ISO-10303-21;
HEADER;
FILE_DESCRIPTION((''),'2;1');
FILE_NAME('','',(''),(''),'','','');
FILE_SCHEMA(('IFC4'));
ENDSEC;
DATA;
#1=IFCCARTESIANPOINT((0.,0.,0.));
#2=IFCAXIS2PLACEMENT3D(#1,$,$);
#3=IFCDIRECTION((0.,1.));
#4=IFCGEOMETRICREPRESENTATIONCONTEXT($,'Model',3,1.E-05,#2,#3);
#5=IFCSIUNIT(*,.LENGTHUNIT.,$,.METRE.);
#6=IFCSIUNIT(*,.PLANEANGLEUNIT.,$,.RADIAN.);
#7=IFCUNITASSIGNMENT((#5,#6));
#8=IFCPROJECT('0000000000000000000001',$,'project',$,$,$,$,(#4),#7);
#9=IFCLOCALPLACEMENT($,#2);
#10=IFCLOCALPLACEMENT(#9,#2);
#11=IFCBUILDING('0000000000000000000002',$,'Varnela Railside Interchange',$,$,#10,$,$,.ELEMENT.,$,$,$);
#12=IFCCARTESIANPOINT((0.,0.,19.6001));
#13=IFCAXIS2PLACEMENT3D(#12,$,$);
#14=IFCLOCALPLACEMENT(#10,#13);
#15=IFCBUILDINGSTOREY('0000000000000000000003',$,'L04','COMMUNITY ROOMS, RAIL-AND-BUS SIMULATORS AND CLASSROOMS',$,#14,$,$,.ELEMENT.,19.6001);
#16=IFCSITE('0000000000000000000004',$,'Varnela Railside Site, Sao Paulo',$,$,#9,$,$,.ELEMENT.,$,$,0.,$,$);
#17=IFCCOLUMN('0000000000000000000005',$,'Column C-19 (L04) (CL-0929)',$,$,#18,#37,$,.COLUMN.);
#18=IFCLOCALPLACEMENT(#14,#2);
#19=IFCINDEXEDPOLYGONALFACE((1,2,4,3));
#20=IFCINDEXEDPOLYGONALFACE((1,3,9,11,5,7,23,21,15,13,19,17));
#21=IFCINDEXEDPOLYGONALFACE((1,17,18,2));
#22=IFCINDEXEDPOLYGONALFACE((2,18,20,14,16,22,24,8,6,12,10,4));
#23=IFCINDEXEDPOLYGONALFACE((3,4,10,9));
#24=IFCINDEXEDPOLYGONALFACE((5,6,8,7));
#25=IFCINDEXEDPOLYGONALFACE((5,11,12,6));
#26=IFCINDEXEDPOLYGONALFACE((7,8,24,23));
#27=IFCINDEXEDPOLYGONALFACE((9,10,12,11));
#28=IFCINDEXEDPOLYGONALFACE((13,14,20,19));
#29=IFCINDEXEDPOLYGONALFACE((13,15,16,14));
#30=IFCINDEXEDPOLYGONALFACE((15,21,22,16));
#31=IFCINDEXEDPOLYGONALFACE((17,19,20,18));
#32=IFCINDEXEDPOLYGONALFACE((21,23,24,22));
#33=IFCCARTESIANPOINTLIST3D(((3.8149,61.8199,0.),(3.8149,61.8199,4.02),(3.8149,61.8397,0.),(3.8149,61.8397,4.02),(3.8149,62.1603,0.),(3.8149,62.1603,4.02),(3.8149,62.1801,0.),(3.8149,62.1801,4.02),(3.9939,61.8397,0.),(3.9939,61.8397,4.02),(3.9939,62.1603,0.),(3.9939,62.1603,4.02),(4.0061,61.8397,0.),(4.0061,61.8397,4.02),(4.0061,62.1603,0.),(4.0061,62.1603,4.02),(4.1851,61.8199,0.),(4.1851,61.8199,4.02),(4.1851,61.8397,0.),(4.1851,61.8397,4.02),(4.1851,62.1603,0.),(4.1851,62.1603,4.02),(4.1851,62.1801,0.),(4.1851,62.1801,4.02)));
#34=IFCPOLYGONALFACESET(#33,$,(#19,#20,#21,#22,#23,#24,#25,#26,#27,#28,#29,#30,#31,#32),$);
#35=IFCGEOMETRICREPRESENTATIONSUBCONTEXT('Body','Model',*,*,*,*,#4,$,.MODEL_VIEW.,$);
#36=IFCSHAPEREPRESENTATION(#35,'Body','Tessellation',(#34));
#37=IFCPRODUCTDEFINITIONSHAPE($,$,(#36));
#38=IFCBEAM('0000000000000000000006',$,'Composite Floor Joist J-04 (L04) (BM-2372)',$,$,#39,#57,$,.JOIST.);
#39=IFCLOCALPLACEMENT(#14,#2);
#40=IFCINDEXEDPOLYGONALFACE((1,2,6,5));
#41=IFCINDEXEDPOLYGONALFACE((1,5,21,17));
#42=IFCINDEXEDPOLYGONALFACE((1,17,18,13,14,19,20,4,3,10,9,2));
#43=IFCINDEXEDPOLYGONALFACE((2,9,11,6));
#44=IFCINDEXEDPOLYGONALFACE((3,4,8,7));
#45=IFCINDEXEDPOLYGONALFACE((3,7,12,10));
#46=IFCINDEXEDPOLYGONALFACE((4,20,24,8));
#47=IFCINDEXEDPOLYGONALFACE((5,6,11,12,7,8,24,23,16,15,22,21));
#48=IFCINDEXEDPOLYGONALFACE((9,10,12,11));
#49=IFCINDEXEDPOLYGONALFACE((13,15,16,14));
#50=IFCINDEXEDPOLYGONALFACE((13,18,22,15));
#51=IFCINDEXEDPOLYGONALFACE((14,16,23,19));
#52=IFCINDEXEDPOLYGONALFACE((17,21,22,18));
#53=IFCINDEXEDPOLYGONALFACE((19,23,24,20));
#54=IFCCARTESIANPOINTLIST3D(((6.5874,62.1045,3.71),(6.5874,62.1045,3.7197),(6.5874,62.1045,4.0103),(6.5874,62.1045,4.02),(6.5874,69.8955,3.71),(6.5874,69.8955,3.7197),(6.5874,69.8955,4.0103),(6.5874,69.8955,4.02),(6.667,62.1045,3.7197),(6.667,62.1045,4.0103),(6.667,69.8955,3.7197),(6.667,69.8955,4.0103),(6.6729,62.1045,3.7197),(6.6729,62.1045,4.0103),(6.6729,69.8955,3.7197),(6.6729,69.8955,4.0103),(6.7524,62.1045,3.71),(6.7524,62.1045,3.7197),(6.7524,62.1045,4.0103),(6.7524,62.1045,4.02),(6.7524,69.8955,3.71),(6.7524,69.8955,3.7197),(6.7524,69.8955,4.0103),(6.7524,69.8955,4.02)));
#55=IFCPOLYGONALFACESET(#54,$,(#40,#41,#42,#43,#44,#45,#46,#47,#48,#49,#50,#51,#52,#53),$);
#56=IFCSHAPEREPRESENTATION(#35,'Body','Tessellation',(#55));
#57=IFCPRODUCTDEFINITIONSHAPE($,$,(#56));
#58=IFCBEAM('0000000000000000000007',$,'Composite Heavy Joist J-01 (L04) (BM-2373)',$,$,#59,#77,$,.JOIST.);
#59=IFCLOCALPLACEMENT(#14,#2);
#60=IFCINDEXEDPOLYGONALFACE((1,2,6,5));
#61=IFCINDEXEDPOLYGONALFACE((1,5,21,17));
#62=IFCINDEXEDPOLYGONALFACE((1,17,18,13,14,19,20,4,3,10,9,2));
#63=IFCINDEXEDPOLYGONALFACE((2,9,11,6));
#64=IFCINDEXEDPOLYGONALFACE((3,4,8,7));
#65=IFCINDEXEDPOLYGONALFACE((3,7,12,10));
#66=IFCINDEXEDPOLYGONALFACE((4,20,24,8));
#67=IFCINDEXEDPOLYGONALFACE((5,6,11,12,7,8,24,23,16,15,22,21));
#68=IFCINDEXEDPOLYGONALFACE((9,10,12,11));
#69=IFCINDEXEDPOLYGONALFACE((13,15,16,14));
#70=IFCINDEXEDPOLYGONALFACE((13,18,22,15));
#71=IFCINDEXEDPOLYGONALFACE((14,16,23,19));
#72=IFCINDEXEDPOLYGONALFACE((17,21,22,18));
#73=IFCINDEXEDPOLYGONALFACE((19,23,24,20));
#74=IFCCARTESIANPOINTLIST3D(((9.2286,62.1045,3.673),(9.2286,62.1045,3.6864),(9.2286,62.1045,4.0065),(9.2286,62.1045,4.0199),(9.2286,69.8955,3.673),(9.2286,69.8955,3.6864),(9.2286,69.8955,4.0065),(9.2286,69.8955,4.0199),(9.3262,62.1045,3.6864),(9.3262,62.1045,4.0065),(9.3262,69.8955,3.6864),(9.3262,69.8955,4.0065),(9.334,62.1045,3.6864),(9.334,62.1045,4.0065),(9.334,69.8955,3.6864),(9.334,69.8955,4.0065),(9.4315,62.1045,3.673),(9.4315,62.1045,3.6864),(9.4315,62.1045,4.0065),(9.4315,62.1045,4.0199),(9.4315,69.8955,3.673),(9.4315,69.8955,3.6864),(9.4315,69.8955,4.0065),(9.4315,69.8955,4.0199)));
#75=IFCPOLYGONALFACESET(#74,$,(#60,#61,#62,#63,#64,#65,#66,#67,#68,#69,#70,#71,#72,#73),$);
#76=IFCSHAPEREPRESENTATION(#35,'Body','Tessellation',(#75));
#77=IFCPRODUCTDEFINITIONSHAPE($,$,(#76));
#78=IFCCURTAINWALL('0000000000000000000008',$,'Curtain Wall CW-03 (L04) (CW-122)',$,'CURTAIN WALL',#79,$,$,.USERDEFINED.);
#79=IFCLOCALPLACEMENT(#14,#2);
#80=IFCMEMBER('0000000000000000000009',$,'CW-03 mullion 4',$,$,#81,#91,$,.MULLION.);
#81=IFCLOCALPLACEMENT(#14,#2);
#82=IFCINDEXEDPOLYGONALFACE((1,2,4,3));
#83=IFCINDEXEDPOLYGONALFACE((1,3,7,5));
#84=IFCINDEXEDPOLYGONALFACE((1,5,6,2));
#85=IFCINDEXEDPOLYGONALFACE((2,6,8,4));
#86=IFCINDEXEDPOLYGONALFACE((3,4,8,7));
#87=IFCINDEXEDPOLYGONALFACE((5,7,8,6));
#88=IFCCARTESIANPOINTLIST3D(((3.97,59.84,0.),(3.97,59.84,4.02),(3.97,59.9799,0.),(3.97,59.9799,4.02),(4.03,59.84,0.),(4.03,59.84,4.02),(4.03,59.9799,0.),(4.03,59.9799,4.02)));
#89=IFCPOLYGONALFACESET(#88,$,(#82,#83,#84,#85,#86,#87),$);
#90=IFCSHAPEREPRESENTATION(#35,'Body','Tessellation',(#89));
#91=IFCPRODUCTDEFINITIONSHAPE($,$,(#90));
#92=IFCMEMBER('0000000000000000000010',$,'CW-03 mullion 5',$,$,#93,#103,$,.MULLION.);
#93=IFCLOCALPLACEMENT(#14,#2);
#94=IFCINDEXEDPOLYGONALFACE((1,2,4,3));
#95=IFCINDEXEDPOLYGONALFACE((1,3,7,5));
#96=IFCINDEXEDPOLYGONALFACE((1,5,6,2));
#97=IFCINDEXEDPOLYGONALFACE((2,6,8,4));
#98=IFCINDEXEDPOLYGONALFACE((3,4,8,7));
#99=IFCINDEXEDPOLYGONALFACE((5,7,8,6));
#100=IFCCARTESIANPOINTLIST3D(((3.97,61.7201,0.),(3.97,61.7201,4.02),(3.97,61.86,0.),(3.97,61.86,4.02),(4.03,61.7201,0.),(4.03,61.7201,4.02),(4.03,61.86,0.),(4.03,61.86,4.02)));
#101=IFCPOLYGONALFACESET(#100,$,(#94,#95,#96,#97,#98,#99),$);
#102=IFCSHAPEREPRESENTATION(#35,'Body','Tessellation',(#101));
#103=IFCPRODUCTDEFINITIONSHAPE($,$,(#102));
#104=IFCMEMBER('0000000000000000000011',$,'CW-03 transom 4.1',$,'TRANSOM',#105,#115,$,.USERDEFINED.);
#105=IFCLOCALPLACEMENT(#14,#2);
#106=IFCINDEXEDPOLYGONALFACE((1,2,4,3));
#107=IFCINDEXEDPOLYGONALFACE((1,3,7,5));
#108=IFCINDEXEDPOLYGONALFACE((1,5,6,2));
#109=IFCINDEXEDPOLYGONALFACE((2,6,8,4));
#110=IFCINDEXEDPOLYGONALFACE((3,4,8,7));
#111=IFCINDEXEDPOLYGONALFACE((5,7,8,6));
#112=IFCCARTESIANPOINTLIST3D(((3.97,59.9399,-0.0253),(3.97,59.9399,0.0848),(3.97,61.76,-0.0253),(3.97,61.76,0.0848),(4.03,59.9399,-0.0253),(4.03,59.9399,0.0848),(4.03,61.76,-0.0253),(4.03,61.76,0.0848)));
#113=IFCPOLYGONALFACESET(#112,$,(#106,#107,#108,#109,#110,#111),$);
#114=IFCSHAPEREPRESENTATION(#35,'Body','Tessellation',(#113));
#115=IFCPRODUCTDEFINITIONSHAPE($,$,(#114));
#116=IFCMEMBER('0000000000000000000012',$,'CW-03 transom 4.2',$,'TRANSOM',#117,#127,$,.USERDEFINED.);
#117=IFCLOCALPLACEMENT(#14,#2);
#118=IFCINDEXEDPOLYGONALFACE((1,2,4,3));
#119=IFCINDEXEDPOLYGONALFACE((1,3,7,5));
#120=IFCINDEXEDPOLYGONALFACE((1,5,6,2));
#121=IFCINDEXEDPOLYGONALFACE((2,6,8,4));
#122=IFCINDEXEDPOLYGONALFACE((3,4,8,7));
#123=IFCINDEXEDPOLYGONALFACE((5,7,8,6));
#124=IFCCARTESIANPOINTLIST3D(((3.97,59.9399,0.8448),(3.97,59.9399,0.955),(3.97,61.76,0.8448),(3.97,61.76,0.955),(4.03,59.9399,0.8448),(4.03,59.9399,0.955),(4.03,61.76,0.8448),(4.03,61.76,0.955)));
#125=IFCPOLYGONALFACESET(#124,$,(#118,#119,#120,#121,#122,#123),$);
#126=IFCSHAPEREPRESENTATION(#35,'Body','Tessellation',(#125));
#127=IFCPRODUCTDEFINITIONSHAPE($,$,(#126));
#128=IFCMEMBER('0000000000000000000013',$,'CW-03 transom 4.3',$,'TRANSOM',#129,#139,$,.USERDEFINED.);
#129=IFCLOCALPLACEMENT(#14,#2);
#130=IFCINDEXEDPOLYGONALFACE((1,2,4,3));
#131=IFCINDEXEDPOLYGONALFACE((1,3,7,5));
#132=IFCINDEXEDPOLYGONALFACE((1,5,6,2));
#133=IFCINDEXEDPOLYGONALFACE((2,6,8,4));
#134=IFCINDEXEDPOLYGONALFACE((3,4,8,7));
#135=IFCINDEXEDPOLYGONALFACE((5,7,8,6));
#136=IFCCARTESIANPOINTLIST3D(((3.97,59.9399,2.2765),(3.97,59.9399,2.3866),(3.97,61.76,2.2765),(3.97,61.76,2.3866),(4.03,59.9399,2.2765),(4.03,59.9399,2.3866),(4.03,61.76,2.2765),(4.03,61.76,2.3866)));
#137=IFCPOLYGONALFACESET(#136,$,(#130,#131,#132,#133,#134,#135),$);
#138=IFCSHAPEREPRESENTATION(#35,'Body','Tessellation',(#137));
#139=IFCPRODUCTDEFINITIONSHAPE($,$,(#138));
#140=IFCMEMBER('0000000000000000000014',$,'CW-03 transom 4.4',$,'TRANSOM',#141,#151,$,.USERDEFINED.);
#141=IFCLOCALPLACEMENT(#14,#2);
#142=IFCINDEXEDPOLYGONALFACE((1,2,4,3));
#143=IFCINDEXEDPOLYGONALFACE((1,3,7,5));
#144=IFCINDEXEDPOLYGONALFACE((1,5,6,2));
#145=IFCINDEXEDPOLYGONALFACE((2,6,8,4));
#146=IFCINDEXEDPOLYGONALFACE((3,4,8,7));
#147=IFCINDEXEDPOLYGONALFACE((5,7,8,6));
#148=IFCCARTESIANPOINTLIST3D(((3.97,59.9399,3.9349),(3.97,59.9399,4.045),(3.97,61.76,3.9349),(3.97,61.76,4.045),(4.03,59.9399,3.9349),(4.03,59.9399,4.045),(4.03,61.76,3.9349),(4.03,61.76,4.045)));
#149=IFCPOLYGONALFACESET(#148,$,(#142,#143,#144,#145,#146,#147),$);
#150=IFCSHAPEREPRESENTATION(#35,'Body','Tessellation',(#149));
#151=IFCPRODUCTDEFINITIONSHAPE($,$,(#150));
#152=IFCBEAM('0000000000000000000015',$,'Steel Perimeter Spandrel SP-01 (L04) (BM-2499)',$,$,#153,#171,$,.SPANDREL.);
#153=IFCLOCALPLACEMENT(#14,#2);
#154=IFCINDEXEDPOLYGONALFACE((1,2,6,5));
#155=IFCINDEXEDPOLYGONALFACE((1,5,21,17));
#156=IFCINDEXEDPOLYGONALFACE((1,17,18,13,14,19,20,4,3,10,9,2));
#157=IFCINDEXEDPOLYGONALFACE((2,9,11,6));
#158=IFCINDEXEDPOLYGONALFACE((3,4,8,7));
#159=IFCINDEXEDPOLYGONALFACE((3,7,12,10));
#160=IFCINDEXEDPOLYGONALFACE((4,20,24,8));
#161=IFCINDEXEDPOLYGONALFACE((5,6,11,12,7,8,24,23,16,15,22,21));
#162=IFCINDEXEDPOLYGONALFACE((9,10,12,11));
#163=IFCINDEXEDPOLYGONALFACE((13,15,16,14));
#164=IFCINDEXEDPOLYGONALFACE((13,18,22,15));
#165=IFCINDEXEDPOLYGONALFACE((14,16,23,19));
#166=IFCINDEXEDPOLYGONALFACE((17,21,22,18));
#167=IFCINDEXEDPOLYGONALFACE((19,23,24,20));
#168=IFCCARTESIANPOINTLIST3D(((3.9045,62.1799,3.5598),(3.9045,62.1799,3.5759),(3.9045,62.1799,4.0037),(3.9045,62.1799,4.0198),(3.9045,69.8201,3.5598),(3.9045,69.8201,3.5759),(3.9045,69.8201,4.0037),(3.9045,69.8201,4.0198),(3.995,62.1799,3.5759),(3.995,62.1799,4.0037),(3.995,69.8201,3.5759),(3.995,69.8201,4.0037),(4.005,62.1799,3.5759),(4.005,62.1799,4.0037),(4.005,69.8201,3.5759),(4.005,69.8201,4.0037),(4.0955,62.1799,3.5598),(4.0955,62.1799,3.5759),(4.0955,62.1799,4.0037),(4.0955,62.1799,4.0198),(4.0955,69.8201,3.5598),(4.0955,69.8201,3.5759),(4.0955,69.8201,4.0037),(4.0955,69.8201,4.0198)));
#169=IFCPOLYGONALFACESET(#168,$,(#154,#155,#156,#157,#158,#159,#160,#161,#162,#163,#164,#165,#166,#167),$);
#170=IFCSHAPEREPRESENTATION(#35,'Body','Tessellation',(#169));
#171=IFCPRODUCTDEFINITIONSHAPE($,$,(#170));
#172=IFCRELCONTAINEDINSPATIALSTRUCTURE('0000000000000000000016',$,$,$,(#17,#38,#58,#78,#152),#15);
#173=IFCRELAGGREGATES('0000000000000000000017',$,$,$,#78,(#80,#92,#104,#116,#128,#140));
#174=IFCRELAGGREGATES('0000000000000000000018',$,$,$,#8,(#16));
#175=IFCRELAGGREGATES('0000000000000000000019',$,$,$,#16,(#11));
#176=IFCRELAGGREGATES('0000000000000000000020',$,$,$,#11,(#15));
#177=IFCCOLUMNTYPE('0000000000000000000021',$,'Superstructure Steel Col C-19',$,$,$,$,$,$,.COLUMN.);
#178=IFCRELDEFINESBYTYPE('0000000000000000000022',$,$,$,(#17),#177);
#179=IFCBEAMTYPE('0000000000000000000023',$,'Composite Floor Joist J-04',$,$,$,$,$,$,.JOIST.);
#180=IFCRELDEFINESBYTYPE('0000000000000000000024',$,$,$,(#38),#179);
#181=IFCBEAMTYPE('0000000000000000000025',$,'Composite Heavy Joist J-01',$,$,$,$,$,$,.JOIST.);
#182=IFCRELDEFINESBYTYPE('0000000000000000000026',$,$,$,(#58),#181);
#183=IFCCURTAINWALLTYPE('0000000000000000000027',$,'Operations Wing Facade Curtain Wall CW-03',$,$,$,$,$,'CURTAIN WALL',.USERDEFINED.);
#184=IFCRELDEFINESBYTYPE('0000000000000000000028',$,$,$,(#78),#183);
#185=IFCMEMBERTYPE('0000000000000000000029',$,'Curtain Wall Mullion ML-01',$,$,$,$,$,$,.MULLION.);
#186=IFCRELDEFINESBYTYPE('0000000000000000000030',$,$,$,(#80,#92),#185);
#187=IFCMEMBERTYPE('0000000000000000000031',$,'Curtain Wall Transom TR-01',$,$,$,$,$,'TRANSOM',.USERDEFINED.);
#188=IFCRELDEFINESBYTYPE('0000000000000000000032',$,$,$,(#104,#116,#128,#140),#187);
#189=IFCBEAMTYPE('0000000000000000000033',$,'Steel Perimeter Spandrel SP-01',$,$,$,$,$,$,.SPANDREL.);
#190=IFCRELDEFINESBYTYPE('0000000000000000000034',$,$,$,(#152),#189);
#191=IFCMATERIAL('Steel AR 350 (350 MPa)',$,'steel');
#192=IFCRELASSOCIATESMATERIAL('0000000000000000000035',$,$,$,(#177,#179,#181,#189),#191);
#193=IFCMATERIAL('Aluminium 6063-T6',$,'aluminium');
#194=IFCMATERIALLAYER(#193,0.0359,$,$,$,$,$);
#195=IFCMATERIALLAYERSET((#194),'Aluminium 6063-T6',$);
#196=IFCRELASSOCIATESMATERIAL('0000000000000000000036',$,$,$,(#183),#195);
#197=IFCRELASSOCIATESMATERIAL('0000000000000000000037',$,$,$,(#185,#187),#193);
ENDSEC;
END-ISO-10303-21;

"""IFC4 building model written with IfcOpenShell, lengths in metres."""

from ifc_helpers import new_model, si_unit, direction, frame, origin, origin_2d, place, context, subcontext, project, spatial, rectangle, i_section, extrude, material, layer, layer_set, material_profile, profile_set, type_object, element, aggregate, save


model = new_model("IFC4")

# Units and contexts
model_context = context("Model", 3, precision=1e-05, world=origin(), true_north=direction((0.0, 1.0)))
body_context = subcontext(model_context, "Body", "Model", "MODEL_VIEW")
ifc_project = project(units=[si_unit("LENGTHUNIT", "METRE"), si_unit("PLANEANGLEUNIT", "RADIAN")], contexts=[model_context])

# Site, building, storey
site_placement = place(None, origin())
site = spatial("IfcSite", under=ifc_project, at=site_placement, Name="Varnela Railside Site, Sao Paulo", CompositionType="ELEMENT", RefElevation=0.0)
building_placement = place(site_placement, origin())
building = spatial("IfcBuilding", under=site, at=building_placement, Name="Varnela Railside Interchange", CompositionType="ELEMENT")
storey_placement = place(building_placement, frame((0.0, 0.0, 19.6001)))
storey = spatial("IfcBuildingStorey", under=building, at=storey_placement, Name="L04", Description="COMMUNITY ROOMS, RAIL-AND-BUS SIMULATORS AND CLASSROOMS", CompositionType="ELEMENT", Elevation=19.6001)

# Column
ifc_material_1 = material(Name="Steel AR 350 (350 MPa)", Category="steel")
ifc_material_profile_1 = material_profile(ifc_material_1, i_section(OverallWidth=0.3701, OverallDepth=0.3601, WebThickness=0.0122, FlangeThickness=0.0198, at=origin_2d()), Name="W360x147")
ifc_profile_set_1 = profile_set([ifc_material_profile_1], Name="Steel AR 350 (350 MPa)")
column_type = type_object("IfcColumnType", Name="Superstructure Steel Col C-19", PredefinedType="COLUMN", material=ifc_profile_set_1)
column_placement = place(storey_placement, frame((4.0, 62.0, 0.0), z_axis=(0.0, 0.0, 1.0), x_axis=(1.0, 0.0, 0.0)))
element("IfcColumn", 1, at=column_placement, inside=storey, type_object=column_type, Name="Column C-19 (L04) (CL-0929)", PredefinedType="COLUMN", context=body_context, shape_type="SweptSolid", body=[
    extrude(i_section(OverallWidth=0.3701, OverallDepth=0.3601, WebThickness=0.0122, FlangeThickness=0.0198, at=origin_2d()), origin(), (0.0, 0.0, 1.0), 4.02),
])

# Beams
ifc_material_profile_2 = material_profile(ifc_material_1, i_section(OverallWidth=0.165, OverallDepth=0.3101, WebThickness=0.0059, FlangeThickness=0.0098, at=origin_2d()), Name="W310x38.7")
ifc_profile_set_2 = profile_set([ifc_material_profile_2], Name="Steel AR 350 (350 MPa)")
beam_type_1 = type_object("IfcBeamType", Name="Composite Floor Joist J-04", PredefinedType="JOIST", material=ifc_profile_set_2)
beam_1_placement = place(storey_placement, frame((6.6699, 62.1045, 3.865), z_axis=(0.0, 1.0, 0.0), x_axis=(-1.0, 0.0, 0.0)))
element("IfcBeam", 2, at=beam_1_placement, inside=storey, type_object=beam_type_1, Name="Composite Floor Joist J-04 (L04) (BM-2372)", PredefinedType="JOIST", context=body_context, shape_type="SweptSolid", body=[
    extrude(i_section(OverallWidth=0.165, OverallDepth=0.3101, WebThickness=0.0059, FlangeThickness=0.0098, at=origin_2d()), origin(), (0.0, 0.0, 1.0), 7.791),
])
ifc_material_profile_3 = material_profile(ifc_material_1, i_section(OverallWidth=0.2029, OverallDepth=0.3469, WebThickness=0.0078, FlangeThickness=0.0134, at=origin_2d()), Name="W360x64")
ifc_profile_set_3 = profile_set([ifc_material_profile_3], Name="Steel AR 350 (350 MPa)")
beam_type_2 = type_object("IfcBeamType", Name="Composite Heavy Joist J-01", PredefinedType="JOIST", material=ifc_profile_set_3)
beam_2_placement = place(storey_placement, frame((9.3301, 62.1045, 3.8464), z_axis=(0.0, 1.0, 0.0), x_axis=(-1.0, 0.0, 0.0)))
element("IfcBeam", 3, at=beam_2_placement, inside=storey, type_object=beam_type_2, Name="Composite Heavy Joist J-01 (L04) (BM-2373)", PredefinedType="JOIST", context=body_context, shape_type="SweptSolid", body=[
    extrude(i_section(OverallWidth=0.2029, OverallDepth=0.3469, WebThickness=0.0078, FlangeThickness=0.0134, at=origin_2d()), origin(), (0.0, 0.0, 1.0), 7.791),
])

# Curtain wall, members
ifc_material_2 = material(Name="Aluminium 6063-T6", Category="aluminium")
ifc_layer_1 = layer(ifc_material_2, 0.0359)
ifc_layer_set_1 = layer_set([ifc_layer_1], Name="Aluminium 6063-T6")
curtain_wall_type = type_object("IfcCurtainWallType", Name="Operations Wing Facade Curtain Wall CW-03", ElementType="CURTAIN WALL", PredefinedType="USERDEFINED", material=ifc_layer_set_1)
curtain_wall_placement = place(storey_placement, origin())
curtain_wall = element("IfcCurtainWall", 4, at=curtain_wall_placement, inside=storey, type_object=curtain_wall_type, Name="Curtain Wall CW-03 (L04) (CW-122)", ObjectType="CURTAIN WALL", PredefinedType="USERDEFINED")
ifc_material_profile_4 = material_profile(ifc_material_2, rectangle(XDim=0.0601, YDim=0.1399, at=origin_2d()), Name="ALU 60x140")
ifc_profile_set_4 = profile_set([ifc_material_profile_4], Name="Aluminium 6063-T6")
member_type_1 = type_object("IfcMemberType", Name="Curtain Wall Mullion ML-01", PredefinedType="MULLION", material=ifc_profile_set_4)
member_1_placement = place(storey_placement, frame((4.0, 59.9099, 0.0), z_axis=(0.0, 0.0, 1.0), x_axis=(-1.0, 0.0, 0.0)))
member_1 = element("IfcMember", 5, at=member_1_placement, type_object=member_type_1, Name="CW-03 mullion 4", PredefinedType="MULLION", context=body_context, shape_type="SweptSolid", body=[
    extrude(rectangle(XDim=0.0601, YDim=0.1399, at=origin_2d()), origin(), (0.0, 0.0, 1.0), 4.02),
])
member_2_placement = place(storey_placement, frame((4.0, 61.79, 0.0), z_axis=(0.0, 0.0, 1.0), x_axis=(-1.0, 0.0, 0.0)))
member_2 = element("IfcMember", 6, at=member_2_placement, type_object=member_type_1, Name="CW-03 mullion 5", PredefinedType="MULLION", context=body_context, shape_type="SweptSolid", body=[
    extrude(rectangle(XDim=0.0601, YDim=0.1399, at=origin_2d()), origin(), (0.0, 0.0, 1.0), 4.02),
])
ifc_material_profile_5 = material_profile(ifc_material_2, rectangle(XDim=0.0601, YDim=0.1101, at=origin_2d()), Name="ALU 60x110")
ifc_profile_set_5 = profile_set([ifc_material_profile_5], Name="Aluminium 6063-T6")
member_type_2 = type_object("IfcMemberType", Name="Curtain Wall Transom TR-01", ElementType="TRANSOM", PredefinedType="USERDEFINED", material=ifc_profile_set_5)
member_3_placement = place(storey_placement, frame((4.0, 59.9399, 0.0298), z_axis=(0.0, 1.0, 0.0), x_axis=(-1.0, 0.0, 0.0)))
member_3 = element("IfcMember", 7, at=member_3_placement, type_object=member_type_2, Name="CW-03 transom 4.1", ObjectType="TRANSOM", PredefinedType="USERDEFINED", context=body_context, shape_type="SweptSolid", body=[
    extrude(rectangle(XDim=0.0601, YDim=0.1101, at=origin_2d()), origin(), (0.0, 0.0, 1.0), 1.8201),
])
member_4_placement = place(storey_placement, frame((4.0, 59.9399, 0.8999), z_axis=(0.0, 1.0, 0.0), x_axis=(-1.0, 0.0, 0.0)))
member_4 = element("IfcMember", 8, at=member_4_placement, type_object=member_type_2, Name="CW-03 transom 4.2", ObjectType="TRANSOM", PredefinedType="USERDEFINED", context=body_context, shape_type="SweptSolid", body=[
    extrude(rectangle(XDim=0.0601, YDim=0.1101, at=origin_2d()), origin(), (0.0, 0.0, 1.0), 1.8201),
])
member_5_placement = place(storey_placement, frame((4.0, 59.9399, 2.3315), z_axis=(0.0, 1.0, 0.0), x_axis=(-1.0, 0.0, 0.0)))
member_5 = element("IfcMember", 9, at=member_5_placement, type_object=member_type_2, Name="CW-03 transom 4.3", ObjectType="TRANSOM", PredefinedType="USERDEFINED", context=body_context, shape_type="SweptSolid", body=[
    extrude(rectangle(XDim=0.0601, YDim=0.1101, at=origin_2d()), origin(), (0.0, 0.0, 1.0), 1.8201),
])
member_6_placement = place(storey_placement, frame((4.0, 59.9399, 3.99), z_axis=(0.0, 1.0, 0.0), x_axis=(-1.0, 0.0, 0.0)))
member_6 = element("IfcMember", 10, at=member_6_placement, type_object=member_type_2, Name="CW-03 transom 4.4", ObjectType="TRANSOM", PredefinedType="USERDEFINED", context=body_context, shape_type="SweptSolid", body=[
    extrude(rectangle(XDim=0.0601, YDim=0.1101, at=origin_2d()), origin(), (0.0, 0.0, 1.0), 1.8201),
])

# Beam
ifc_material_profile_6 = material_profile(ifc_material_1, i_section(OverallWidth=0.1909, OverallDepth=0.46, WebThickness=0.01, FlangeThickness=0.0161, at=origin_2d()), Name="W460x82")
ifc_profile_set_6 = profile_set([ifc_material_profile_6], Name="Steel AR 350 (350 MPa)")
beam_type_3 = type_object("IfcBeamType", Name="Steel Perimeter Spandrel SP-01", PredefinedType="SPANDREL", material=ifc_profile_set_6)
beam_3_placement = place(storey_placement, frame((4.0, 62.1799, 3.7898), z_axis=(0.0, 1.0, 0.0), x_axis=(-1.0, 0.0, 0.0)))
element("IfcBeam", 11, at=beam_3_placement, inside=storey, type_object=beam_type_3, Name="Steel Perimeter Spandrel SP-01 (L04) (BM-2499)", PredefinedType="SPANDREL", context=body_context, shape_type="SweptSolid", body=[
    extrude(i_section(OverallWidth=0.1909, OverallDepth=0.46, WebThickness=0.01, FlangeThickness=0.0161, at=origin_2d()), origin(), (0.0, 0.0, 1.0), 7.6401),
])

aggregate(curtain_wall, [member_1, member_2, member_3, member_4, member_5, member_6])

save(model, "model.ifc")
